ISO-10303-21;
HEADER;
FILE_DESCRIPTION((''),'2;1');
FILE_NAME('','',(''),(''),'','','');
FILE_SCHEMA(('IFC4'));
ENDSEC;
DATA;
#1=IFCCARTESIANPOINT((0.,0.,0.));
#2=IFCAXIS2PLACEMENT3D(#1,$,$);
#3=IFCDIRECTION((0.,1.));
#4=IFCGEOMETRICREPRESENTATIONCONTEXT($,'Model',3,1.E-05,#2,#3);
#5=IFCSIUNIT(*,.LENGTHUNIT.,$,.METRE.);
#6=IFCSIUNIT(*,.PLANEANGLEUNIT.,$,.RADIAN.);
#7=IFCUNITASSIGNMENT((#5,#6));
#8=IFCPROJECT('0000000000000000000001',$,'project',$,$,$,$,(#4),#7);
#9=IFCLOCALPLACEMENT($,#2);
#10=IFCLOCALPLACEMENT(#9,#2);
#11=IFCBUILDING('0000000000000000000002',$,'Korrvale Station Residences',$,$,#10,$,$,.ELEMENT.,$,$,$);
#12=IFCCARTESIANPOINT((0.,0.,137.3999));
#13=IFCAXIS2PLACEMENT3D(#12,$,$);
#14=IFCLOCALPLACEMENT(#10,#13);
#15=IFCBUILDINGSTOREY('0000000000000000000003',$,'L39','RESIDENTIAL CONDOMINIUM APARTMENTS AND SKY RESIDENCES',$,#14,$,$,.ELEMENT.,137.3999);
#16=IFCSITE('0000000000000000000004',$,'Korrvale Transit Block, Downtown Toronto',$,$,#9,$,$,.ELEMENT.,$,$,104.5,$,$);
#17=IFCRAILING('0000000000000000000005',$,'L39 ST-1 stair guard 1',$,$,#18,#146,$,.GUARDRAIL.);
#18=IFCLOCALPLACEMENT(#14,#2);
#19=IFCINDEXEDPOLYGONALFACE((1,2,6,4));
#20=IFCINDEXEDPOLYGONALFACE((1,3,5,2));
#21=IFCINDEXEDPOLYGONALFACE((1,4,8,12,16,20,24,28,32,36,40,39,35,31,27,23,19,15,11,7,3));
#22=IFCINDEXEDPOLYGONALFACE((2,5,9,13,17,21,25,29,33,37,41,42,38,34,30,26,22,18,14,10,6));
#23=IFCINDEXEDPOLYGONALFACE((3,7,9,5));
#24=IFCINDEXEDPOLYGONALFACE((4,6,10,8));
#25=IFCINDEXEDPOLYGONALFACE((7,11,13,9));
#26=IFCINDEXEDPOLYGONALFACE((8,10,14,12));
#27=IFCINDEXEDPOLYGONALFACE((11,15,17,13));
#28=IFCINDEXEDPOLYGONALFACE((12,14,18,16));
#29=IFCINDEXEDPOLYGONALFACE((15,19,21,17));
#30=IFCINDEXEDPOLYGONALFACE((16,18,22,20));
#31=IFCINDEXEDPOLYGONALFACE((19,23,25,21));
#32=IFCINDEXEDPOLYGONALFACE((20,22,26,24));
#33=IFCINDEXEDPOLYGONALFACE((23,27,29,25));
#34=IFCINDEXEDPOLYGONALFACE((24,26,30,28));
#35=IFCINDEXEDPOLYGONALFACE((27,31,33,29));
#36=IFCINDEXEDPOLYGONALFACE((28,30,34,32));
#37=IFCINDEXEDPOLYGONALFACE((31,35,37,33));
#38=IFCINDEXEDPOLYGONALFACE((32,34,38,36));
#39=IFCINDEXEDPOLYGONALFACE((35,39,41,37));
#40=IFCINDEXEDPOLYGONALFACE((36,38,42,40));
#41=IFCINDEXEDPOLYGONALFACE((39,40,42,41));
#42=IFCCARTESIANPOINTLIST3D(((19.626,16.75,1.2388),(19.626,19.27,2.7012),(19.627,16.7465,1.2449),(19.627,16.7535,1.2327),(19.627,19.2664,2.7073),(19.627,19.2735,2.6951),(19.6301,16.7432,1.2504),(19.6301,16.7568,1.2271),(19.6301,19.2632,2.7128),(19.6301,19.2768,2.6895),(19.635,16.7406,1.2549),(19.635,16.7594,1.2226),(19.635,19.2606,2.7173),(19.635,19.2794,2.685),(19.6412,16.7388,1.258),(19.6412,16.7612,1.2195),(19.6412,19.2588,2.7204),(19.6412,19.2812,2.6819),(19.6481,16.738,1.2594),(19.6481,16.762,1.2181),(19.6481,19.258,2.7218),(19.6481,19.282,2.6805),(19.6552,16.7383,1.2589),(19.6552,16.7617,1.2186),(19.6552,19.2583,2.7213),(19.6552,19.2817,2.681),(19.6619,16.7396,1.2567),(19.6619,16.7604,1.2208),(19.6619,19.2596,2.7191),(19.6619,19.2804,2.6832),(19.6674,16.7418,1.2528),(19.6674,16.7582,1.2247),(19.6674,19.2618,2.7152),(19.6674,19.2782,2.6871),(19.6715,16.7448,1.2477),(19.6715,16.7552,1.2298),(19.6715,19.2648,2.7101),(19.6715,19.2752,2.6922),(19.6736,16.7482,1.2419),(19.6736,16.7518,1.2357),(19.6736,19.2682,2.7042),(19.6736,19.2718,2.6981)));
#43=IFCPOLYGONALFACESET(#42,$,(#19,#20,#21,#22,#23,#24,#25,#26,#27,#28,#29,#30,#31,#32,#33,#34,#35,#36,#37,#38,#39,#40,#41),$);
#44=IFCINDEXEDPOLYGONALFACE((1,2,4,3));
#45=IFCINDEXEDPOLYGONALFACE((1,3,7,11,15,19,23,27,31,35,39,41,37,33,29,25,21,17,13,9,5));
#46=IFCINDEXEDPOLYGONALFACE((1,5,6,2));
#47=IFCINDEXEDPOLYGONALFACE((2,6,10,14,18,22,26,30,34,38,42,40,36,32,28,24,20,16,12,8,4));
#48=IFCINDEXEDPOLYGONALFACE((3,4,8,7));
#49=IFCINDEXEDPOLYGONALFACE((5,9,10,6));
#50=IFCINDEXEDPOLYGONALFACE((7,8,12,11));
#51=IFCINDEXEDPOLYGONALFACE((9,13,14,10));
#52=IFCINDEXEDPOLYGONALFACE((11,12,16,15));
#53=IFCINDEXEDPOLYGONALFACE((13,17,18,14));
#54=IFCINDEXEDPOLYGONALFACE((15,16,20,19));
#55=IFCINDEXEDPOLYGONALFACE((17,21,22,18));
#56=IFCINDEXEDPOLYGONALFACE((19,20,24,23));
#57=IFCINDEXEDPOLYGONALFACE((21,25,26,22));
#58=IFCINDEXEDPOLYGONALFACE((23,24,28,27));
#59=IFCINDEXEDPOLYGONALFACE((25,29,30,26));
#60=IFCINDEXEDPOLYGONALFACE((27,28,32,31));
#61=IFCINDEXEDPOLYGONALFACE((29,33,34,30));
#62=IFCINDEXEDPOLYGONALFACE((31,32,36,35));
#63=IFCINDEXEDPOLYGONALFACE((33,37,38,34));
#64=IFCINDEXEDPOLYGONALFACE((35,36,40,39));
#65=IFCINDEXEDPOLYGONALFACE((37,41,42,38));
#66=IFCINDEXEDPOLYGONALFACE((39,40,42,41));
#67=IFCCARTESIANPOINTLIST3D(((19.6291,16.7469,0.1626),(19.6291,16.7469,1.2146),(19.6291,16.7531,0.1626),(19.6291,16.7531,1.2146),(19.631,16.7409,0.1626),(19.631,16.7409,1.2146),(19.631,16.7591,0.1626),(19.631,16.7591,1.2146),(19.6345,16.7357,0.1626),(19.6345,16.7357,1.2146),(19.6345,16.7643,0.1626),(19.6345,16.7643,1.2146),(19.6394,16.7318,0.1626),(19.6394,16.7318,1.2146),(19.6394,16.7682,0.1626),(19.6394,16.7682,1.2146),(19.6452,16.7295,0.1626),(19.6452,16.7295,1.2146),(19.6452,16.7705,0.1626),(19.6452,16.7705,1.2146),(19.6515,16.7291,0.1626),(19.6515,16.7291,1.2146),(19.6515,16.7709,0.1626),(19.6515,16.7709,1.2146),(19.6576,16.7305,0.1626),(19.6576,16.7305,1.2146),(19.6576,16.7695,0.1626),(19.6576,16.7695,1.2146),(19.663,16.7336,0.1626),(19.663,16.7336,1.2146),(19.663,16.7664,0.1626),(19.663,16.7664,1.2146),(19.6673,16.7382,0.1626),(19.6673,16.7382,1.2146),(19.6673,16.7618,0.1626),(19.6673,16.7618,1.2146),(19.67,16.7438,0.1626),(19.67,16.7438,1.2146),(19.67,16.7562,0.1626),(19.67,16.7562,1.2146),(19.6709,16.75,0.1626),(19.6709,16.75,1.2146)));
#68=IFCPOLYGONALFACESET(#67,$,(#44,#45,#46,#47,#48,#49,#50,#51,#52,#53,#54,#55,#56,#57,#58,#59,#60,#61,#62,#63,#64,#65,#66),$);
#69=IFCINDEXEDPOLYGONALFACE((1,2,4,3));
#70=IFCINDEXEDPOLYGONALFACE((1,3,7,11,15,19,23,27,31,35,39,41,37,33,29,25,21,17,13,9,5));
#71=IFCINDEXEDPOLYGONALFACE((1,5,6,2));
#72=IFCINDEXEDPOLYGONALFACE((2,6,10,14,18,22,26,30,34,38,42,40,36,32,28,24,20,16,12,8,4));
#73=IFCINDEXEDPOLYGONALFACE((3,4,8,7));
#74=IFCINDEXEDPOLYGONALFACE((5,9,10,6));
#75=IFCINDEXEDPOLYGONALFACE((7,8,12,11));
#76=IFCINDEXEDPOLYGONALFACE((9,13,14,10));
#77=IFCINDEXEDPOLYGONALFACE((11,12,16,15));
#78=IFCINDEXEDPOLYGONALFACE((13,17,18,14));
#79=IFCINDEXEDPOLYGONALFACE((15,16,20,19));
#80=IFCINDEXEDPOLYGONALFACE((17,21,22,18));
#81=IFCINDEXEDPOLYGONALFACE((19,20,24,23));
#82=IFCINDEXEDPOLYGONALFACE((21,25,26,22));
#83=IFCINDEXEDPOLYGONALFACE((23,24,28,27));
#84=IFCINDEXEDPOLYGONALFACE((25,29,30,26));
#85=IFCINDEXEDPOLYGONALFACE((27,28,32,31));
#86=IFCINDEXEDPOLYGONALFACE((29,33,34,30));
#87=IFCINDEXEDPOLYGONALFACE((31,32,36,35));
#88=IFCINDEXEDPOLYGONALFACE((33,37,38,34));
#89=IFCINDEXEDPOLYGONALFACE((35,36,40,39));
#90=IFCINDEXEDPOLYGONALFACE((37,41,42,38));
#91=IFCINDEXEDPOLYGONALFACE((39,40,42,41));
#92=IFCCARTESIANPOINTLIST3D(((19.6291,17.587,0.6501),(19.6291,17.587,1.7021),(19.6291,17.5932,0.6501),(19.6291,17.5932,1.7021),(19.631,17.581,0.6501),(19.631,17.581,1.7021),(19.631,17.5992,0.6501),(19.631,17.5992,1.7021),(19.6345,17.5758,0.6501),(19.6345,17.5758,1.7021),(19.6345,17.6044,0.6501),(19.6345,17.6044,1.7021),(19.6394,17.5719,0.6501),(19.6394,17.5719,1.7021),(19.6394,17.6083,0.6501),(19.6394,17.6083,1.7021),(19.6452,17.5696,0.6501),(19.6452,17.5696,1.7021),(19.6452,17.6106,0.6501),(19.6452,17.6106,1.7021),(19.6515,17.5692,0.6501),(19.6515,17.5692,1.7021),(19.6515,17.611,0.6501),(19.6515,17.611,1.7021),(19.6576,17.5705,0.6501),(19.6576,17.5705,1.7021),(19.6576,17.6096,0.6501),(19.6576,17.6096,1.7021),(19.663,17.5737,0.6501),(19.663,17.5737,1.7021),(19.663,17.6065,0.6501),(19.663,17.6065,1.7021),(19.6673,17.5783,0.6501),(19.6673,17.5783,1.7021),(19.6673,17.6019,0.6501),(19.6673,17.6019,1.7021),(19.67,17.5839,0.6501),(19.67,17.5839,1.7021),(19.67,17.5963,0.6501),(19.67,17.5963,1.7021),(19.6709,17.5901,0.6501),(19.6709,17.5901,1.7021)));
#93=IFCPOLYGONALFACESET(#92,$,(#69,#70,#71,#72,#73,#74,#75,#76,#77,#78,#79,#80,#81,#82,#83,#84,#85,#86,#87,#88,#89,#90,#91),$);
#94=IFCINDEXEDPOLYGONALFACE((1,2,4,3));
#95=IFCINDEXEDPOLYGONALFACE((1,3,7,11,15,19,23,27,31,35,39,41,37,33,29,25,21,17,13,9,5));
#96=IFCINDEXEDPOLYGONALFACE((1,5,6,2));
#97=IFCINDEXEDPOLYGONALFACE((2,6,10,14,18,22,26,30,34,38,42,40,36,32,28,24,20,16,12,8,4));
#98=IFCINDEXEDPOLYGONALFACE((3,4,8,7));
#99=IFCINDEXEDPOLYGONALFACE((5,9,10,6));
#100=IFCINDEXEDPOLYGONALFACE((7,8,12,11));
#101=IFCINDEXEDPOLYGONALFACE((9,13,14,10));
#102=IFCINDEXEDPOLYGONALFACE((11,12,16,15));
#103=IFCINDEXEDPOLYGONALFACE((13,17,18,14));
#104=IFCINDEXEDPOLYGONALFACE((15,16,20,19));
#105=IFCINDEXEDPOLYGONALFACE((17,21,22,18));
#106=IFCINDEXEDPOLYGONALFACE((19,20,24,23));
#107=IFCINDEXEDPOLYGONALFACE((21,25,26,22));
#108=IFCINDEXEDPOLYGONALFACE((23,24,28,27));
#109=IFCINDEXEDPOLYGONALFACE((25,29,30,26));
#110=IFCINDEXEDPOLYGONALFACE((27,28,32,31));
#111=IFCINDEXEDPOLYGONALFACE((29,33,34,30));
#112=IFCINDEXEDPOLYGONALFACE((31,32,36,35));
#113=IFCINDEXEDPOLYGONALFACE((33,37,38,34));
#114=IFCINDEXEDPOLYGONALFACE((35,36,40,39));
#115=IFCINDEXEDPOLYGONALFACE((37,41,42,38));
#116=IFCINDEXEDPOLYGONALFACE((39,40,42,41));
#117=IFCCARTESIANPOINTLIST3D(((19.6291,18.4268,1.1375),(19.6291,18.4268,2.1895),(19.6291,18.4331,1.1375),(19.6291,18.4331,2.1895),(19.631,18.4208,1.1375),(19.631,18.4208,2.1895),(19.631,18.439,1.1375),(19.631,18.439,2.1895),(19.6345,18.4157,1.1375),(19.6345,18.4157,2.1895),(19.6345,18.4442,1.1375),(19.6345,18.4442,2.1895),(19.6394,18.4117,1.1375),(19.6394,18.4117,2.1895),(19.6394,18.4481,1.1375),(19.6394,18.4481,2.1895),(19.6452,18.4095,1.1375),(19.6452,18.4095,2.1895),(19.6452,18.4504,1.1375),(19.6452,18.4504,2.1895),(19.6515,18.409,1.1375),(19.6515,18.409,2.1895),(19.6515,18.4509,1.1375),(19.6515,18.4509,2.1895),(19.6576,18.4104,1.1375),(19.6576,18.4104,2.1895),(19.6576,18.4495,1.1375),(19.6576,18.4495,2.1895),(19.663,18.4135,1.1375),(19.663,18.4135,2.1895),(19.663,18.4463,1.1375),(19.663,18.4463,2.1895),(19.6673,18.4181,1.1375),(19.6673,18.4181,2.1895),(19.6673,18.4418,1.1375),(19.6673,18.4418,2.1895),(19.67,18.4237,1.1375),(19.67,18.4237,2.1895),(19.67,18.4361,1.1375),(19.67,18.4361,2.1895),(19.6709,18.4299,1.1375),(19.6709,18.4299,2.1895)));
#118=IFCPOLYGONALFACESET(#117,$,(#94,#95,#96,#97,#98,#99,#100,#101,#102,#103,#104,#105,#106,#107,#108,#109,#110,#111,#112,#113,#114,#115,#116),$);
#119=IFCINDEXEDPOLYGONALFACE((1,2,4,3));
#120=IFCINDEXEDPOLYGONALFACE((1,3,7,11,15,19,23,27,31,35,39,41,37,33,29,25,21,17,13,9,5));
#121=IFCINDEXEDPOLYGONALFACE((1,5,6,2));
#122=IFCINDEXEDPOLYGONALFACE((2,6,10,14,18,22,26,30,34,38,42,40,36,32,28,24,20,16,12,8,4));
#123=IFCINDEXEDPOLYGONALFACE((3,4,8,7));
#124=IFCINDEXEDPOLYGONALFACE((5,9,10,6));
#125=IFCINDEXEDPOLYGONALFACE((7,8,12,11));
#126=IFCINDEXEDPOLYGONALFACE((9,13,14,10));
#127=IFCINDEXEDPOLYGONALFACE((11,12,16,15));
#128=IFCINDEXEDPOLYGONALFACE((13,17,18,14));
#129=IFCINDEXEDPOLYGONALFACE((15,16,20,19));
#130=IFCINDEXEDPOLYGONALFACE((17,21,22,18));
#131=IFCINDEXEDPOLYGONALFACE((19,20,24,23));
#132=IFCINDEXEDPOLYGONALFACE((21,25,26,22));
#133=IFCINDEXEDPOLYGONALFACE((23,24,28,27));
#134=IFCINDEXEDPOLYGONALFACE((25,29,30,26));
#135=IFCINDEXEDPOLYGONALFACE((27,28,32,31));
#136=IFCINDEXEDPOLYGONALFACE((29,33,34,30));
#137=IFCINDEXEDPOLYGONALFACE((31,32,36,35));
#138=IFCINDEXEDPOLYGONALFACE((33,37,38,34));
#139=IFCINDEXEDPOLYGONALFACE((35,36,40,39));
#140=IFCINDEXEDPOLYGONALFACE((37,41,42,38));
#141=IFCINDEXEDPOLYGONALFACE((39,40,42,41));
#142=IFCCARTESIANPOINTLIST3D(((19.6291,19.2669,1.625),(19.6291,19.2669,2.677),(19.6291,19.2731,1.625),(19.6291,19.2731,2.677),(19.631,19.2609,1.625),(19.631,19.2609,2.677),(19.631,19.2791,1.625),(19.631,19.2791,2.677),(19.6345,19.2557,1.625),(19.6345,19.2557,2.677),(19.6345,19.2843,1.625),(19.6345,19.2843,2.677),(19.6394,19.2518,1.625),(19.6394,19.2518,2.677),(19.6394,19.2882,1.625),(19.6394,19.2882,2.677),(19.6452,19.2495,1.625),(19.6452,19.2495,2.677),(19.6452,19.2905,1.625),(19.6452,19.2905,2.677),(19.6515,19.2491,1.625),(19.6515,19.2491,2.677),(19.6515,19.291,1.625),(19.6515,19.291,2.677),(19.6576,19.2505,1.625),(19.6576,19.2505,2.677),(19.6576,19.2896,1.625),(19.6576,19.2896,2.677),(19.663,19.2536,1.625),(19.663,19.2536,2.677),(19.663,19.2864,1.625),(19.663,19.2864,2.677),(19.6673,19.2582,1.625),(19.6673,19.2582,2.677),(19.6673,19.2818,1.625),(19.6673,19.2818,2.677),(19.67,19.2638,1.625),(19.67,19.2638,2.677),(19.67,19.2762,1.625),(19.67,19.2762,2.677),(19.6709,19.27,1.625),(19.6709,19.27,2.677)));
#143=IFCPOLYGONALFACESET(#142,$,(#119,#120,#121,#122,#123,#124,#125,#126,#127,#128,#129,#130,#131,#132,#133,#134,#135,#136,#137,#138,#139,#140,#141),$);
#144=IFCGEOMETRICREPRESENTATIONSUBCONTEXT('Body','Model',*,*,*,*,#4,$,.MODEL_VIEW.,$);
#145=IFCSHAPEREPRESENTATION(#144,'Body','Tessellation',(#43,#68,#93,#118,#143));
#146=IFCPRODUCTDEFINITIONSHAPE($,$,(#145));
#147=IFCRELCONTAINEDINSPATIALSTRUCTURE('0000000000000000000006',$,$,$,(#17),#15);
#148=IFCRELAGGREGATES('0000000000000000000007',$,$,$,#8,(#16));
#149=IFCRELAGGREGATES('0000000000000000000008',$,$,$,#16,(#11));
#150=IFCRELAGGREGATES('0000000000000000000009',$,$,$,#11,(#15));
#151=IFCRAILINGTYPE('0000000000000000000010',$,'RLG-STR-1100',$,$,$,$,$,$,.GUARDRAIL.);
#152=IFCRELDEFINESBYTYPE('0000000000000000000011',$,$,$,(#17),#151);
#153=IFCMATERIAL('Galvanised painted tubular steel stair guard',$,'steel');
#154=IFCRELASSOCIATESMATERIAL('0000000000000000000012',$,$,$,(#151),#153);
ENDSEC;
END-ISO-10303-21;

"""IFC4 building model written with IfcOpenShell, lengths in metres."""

from ifc_helpers import new_model, si_unit, direction, frame, origin, origin_2d, place, context, subcontext, project, spatial, circle, extrude, material, type_object, element, save


model = new_model("IFC4")

# Units and contexts
model_context = context("Model", 3, precision=1e-05, world=origin(), true_north=direction((0.0, 1.0)))
body_context = subcontext(model_context, "Body", "Model", "MODEL_VIEW")
ifc_project = project(units=[si_unit("LENGTHUNIT", "METRE"), si_unit("PLANEANGLEUNIT", "RADIAN")], contexts=[model_context])

# Site, building, storey
site_placement = place(None, origin())
site = spatial("IfcSite", under=ifc_project, at=site_placement, Name="Korrvale Transit Block, Downtown Toronto", CompositionType="ELEMENT", RefElevation=104.5)
building_placement = place(site_placement, origin())
building = spatial("IfcBuilding", under=site, at=building_placement, Name="Korrvale Station Residences", CompositionType="ELEMENT")
storey_placement = place(building_placement, frame((0.0, 0.0, 137.3999)))
storey = spatial("IfcBuildingStorey", under=building, at=storey_placement, Name="L39", Description="RESIDENTIAL CONDOMINIUM APARTMENTS AND SKY RESIDENCES", CompositionType="ELEMENT", Elevation=137.3999)

# Railing
ifc_material_1 = material(Name="Galvanised painted tubular steel stair guard", Category="steel")
railing_type_1 = type_object("IfcRailingType", Name="RLG-STR-1100", PredefinedType="GUARDRAIL", material=ifc_material_1)
railing_1_placement = place(storey_placement, frame((19.6499, 16.75, 0.1626)))
element("IfcRailing", 1, at=railing_1_placement, inside=storey, type_object=railing_type_1, Name="L39 ST-1 stair guard 1", PredefinedType="GUARDRAIL", context=body_context, shape_type="SweptSolid", body=[
    extrude(circle(Radius=0.0239, at=origin_2d()), frame((0.0, 0.0, 1.0762), z_axis=(0.0, 0.864913, 0.501921), x_axis=(-1.0, 0.0, 0.0)), (0.0, 0.0, 1.0), 2.9136),
    extrude(circle(Radius=0.021, at=origin_2d()), origin(), (0.0, 0.0, 1.0), 1.052),
    extrude(circle(Radius=0.021, at=origin_2d()), frame((0.0, 0.8401, 0.4875)), (0.0, 0.0, 1.0), 1.052),
    extrude(circle(Radius=0.021, at=origin_2d()), frame((0.0, 1.6799, 0.9749)), (0.0, 0.0, 1.0), 1.052),
    extrude(circle(Radius=0.021, at=origin_2d()), frame((0.0, 2.52, 1.4624)), (0.0, 0.0, 1.0), 1.052),
])

save(model, "model.ifc")
